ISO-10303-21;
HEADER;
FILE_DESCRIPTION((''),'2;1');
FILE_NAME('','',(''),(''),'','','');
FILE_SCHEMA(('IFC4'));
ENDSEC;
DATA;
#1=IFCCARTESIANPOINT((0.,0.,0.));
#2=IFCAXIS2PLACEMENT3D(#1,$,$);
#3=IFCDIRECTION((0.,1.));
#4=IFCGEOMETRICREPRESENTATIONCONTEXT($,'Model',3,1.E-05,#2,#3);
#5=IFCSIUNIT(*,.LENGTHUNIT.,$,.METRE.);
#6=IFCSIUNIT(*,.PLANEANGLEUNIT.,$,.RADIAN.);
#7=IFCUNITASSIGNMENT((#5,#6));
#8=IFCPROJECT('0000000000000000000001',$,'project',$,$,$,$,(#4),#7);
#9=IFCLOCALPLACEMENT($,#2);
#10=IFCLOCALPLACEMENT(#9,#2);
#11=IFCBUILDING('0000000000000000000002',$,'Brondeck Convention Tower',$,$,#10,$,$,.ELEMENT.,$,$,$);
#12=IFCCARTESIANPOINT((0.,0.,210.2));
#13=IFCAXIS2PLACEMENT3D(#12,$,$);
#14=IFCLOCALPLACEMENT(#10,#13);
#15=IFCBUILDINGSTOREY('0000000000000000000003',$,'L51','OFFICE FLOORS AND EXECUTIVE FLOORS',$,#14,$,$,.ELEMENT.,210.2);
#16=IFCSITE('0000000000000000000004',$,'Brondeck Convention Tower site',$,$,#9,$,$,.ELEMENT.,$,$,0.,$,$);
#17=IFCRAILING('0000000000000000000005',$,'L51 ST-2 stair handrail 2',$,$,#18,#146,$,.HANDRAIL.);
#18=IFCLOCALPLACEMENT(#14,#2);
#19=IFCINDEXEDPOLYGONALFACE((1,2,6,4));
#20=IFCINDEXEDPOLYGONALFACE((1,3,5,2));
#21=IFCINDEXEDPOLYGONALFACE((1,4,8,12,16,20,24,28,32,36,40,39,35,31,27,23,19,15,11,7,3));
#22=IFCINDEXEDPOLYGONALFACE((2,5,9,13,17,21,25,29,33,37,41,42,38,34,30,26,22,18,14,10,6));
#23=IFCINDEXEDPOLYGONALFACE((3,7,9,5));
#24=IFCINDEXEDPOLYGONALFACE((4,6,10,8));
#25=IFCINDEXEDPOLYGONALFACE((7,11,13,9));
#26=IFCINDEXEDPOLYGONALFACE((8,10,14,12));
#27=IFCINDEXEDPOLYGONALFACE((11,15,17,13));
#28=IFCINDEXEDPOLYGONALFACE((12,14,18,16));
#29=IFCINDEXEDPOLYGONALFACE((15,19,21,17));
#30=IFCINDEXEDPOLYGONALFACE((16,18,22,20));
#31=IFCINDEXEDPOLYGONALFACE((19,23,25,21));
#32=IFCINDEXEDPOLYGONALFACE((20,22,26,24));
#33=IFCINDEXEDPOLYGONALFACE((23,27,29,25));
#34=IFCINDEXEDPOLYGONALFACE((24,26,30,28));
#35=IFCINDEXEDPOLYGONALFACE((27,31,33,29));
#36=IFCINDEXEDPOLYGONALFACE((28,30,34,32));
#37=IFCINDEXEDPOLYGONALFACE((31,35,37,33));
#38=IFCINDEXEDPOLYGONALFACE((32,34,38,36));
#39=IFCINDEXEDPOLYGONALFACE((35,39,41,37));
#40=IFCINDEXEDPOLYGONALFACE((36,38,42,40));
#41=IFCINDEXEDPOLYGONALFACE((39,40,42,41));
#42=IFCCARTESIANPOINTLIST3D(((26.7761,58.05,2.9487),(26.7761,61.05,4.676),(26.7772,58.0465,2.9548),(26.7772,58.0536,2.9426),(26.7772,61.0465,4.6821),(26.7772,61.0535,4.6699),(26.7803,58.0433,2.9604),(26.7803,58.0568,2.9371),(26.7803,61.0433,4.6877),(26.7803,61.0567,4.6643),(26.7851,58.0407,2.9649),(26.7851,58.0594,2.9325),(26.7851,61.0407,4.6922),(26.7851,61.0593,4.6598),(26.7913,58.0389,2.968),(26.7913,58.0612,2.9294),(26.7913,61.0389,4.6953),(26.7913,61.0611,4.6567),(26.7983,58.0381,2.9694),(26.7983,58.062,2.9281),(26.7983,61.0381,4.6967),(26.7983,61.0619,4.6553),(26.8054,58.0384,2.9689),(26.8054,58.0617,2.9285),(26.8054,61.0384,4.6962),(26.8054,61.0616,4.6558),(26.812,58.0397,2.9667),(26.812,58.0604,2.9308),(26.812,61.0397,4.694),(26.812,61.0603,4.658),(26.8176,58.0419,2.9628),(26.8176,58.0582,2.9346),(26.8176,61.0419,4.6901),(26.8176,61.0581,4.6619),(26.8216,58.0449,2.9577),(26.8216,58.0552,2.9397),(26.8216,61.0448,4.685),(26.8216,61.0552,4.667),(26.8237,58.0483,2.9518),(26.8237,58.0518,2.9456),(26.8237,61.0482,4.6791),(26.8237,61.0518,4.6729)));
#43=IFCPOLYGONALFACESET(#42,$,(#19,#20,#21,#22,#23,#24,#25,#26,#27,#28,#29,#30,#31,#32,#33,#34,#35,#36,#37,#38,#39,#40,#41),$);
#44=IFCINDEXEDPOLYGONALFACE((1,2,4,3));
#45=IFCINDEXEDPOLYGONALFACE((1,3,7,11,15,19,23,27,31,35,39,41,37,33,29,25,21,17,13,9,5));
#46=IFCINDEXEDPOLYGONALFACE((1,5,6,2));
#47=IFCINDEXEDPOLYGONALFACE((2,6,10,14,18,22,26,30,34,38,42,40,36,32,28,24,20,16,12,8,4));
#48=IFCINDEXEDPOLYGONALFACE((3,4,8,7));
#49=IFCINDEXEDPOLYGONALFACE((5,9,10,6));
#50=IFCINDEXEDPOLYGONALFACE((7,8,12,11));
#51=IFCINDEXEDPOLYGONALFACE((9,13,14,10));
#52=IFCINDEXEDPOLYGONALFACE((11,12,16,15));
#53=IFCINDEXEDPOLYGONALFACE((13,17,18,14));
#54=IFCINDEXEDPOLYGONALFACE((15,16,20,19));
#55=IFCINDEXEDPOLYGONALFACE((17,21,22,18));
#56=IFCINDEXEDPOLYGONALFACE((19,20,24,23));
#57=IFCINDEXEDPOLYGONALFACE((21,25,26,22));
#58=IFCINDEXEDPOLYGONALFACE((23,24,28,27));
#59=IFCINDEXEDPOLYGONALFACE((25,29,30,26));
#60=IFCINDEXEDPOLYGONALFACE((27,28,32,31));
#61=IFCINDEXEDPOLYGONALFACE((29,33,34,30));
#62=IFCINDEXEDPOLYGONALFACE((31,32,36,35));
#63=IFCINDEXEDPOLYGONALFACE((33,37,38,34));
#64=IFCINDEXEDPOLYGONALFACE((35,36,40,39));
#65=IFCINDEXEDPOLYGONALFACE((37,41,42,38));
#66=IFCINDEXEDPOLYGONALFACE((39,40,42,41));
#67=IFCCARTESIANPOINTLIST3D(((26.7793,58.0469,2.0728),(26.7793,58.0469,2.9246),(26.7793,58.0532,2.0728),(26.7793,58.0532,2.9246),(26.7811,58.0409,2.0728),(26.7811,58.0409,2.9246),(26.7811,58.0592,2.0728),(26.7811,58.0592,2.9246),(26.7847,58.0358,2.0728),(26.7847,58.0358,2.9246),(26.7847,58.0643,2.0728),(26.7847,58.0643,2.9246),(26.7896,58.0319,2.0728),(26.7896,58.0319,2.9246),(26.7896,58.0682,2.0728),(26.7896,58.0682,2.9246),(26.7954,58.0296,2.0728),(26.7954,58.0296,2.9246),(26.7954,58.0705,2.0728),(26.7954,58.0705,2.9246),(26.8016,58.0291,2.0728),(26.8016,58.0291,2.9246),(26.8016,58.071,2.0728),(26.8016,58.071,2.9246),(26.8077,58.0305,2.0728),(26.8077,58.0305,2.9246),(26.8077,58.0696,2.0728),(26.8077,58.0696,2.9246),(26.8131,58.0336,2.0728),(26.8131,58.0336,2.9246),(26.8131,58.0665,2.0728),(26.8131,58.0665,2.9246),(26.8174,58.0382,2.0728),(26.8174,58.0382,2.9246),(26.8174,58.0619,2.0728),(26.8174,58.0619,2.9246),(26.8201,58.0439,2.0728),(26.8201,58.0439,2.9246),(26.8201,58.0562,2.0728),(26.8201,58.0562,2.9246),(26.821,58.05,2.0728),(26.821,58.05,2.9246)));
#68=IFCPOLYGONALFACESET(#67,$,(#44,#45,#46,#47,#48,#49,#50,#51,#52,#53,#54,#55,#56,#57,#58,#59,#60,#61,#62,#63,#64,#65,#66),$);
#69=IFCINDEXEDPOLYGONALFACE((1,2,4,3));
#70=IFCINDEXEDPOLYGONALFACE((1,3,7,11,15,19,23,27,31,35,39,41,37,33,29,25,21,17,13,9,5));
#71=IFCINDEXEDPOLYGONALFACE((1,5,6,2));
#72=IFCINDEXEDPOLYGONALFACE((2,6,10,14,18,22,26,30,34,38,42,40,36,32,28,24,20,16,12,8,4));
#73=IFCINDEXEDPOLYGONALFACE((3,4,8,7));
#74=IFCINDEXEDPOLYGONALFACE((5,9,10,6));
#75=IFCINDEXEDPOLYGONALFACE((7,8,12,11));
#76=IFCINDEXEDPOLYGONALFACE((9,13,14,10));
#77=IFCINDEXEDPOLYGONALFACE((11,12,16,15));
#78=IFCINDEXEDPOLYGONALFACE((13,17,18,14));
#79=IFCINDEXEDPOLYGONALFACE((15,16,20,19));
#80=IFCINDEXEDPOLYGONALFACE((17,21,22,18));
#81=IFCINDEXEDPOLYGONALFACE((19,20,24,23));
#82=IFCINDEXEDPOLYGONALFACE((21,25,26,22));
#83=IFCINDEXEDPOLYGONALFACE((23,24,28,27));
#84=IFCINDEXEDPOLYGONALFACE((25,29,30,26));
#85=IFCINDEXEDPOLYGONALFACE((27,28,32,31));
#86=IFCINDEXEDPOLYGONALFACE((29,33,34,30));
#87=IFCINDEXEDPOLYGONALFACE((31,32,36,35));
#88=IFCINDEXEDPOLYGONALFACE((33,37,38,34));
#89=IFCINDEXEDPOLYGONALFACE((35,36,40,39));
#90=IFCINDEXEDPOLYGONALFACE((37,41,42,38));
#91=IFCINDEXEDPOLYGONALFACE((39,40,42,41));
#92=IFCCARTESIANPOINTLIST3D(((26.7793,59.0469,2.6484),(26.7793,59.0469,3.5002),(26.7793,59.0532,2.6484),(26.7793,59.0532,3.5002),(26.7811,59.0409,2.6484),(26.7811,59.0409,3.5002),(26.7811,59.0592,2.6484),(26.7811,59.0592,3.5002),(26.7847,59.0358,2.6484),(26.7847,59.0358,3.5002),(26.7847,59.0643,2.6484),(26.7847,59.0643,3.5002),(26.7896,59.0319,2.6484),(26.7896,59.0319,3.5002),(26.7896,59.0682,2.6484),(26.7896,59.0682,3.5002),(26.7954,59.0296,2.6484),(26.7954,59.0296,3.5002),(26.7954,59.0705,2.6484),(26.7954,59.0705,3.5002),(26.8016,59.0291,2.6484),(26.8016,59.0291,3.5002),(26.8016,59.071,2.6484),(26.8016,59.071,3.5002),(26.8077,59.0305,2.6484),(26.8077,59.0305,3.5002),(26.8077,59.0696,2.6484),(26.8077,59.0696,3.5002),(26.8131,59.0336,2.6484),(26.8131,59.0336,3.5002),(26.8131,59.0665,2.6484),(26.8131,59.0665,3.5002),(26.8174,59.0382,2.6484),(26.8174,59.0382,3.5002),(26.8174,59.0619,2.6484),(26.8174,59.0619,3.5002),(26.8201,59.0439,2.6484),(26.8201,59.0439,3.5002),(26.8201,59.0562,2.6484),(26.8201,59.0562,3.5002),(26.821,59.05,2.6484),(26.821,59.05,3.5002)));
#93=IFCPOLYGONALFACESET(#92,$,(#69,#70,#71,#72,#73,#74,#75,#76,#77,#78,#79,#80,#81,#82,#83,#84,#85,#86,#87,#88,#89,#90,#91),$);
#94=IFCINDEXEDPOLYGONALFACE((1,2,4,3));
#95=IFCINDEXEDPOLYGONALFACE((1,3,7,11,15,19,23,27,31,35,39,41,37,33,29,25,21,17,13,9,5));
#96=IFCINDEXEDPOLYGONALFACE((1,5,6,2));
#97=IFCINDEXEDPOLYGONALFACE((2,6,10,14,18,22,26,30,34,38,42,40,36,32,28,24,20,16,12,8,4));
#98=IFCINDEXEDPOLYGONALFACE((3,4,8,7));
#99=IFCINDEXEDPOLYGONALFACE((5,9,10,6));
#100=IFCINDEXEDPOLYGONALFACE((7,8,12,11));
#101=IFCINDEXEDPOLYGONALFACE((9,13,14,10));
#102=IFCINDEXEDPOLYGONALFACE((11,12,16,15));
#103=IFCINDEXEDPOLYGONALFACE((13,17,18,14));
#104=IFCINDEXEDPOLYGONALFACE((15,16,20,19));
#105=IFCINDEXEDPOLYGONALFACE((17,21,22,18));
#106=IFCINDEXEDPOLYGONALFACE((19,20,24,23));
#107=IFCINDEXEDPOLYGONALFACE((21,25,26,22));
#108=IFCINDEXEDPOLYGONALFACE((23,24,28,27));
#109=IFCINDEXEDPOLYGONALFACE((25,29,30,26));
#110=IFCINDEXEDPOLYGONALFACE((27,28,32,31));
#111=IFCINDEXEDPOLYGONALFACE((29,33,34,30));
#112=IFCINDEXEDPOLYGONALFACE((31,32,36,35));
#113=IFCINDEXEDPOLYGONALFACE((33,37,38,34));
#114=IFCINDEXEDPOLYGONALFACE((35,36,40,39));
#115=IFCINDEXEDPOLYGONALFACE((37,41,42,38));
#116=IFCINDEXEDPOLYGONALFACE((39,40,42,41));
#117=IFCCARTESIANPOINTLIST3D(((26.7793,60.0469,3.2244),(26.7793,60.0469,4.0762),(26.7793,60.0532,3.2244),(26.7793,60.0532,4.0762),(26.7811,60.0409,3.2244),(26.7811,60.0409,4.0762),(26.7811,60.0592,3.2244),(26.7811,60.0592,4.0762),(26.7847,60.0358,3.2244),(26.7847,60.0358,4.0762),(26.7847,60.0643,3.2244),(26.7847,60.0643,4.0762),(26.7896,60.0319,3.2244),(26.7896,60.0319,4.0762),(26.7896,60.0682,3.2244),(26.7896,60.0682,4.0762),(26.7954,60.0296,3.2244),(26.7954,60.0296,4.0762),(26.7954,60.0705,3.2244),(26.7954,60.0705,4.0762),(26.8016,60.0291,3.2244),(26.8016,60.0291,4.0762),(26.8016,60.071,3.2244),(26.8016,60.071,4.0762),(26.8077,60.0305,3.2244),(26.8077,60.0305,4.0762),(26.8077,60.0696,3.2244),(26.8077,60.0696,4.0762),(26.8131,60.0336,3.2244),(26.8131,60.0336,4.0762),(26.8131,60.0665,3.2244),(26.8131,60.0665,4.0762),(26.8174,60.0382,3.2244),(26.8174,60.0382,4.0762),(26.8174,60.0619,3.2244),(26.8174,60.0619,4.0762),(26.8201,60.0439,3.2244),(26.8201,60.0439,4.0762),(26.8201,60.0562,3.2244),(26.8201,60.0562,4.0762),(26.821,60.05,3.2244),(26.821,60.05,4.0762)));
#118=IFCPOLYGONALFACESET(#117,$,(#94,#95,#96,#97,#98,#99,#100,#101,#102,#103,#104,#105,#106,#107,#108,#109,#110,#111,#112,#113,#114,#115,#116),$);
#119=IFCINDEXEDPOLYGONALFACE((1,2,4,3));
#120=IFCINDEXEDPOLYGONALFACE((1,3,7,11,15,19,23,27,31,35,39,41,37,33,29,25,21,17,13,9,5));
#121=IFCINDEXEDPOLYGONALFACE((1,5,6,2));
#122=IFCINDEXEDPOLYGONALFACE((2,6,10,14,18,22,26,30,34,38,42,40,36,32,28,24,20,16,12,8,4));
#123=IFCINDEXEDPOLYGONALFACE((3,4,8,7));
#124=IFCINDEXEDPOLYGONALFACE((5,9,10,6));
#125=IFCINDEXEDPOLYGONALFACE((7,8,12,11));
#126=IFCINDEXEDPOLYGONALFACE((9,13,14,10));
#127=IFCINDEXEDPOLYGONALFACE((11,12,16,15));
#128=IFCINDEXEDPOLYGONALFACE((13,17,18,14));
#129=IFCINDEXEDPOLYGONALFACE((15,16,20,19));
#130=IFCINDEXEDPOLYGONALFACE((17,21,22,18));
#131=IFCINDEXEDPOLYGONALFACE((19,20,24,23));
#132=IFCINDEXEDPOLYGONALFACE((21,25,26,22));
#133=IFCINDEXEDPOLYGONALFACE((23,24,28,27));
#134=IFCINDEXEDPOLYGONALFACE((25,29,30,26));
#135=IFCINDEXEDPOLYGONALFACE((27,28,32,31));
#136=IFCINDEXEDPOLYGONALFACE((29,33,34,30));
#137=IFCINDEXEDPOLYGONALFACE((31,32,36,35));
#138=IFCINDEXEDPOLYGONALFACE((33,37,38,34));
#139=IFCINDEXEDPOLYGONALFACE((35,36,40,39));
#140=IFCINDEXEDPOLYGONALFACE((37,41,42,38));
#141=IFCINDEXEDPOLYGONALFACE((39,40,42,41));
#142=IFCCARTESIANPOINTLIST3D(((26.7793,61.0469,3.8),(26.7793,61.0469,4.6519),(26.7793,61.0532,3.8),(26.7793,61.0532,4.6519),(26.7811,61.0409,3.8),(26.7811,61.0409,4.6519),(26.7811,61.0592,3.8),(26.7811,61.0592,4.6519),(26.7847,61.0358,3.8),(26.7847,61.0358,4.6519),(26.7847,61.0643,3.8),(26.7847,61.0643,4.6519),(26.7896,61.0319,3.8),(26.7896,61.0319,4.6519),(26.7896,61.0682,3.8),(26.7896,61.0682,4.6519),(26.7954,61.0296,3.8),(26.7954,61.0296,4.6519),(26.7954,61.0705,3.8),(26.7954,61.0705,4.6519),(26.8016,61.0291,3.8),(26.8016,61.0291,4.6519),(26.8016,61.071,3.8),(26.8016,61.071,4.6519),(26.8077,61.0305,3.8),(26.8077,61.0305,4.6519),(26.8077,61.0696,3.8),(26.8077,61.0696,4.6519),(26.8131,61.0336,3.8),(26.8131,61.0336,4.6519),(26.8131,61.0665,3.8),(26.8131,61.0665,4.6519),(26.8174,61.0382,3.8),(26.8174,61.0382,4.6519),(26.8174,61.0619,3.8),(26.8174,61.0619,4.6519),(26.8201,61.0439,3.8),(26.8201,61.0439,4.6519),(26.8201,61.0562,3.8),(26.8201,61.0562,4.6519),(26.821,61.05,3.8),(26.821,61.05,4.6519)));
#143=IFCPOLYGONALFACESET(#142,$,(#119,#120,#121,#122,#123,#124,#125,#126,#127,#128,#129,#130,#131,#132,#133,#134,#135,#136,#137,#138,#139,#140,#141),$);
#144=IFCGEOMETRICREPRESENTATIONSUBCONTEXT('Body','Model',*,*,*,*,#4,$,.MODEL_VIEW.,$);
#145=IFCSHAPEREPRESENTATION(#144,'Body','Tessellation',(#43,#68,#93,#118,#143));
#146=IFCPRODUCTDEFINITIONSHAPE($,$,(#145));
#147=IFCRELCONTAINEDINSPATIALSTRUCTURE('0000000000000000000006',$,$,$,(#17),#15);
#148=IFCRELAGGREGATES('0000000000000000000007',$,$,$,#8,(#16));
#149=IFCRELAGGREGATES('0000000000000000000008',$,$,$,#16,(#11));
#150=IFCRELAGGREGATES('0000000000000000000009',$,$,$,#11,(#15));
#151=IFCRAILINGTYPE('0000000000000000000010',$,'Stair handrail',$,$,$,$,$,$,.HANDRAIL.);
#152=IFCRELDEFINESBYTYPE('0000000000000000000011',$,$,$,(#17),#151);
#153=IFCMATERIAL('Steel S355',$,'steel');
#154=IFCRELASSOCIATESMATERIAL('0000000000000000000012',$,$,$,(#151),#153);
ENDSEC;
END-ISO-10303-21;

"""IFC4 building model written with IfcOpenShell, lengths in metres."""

from ifc_helpers import new_model, si_unit, direction, frame, origin, origin_2d, place, context, subcontext, project, spatial, circle, extrude, material, type_object, element, save


model = new_model("IFC4")

# Units and contexts
model_context = context("Model", 3, precision=1e-05, world=origin(), true_north=direction((0.0, 1.0)))
body_context = subcontext(model_context, "Body", "Model", "MODEL_VIEW")
ifc_project = project(units=[si_unit("LENGTHUNIT", "METRE"), si_unit("PLANEANGLEUNIT", "RADIAN")], contexts=[model_context])

# Site, building, storey
site_placement = place(None, origin())
site = spatial("IfcSite", under=ifc_project, at=site_placement, Name="Brondeck Convention Tower site", CompositionType="ELEMENT", RefElevation=0.0)
building_placement = place(site_placement, origin())
building = spatial("IfcBuilding", under=site, at=building_placement, Name="Brondeck Convention Tower", CompositionType="ELEMENT")
storey_placement = place(building_placement, frame((0.0, 0.0, 210.2)))
storey = spatial("IfcBuildingStorey", under=building, at=storey_placement, Name="L51", Description="OFFICE FLOORS AND EXECUTIVE FLOORS", CompositionType="ELEMENT", Elevation=210.2)

# Railing
ifc_material_1 = material(Name="Steel S355", Category="steel")
railing_type_1 = type_object("IfcRailingType", Name="Stair handrail", PredefinedType="HANDRAIL", material=ifc_material_1)
railing_1_placement = place(storey_placement, frame((26.8, 58.05, 2.0728)))
element("IfcRailing", 1, at=railing_1_placement, inside=storey, type_object=railing_type_1, Name="L51 ST-2 stair handrail 2", PredefinedType="HANDRAIL", context=body_context, shape_type="SweptSolid", body=[
    extrude(circle(Radius=0.0239, at=origin_2d()), frame((0.0, 0.0, 0.876), z_axis=(0.0, 0.86662, 0.498969), x_axis=(-1.0, 0.0, 0.0)), (0.0, 0.0, 1.0), 3.4617),
    extrude(circle(Radius=0.021, at=origin_2d()), origin(), (0.0, 0.0, 1.0), 0.8518),
    extrude(circle(Radius=0.021, at=origin_2d()), frame((0.0, 1.0, 0.5757)), (0.0, 0.0, 1.0), 0.8518),
    extrude(circle(Radius=0.021, at=origin_2d()), frame((0.0, 2.0, 1.1516)), (0.0, 0.0, 1.0), 0.8518),
    extrude(circle(Radius=0.021, at=origin_2d()), frame((0.0, 3.0, 1.7273)), (0.0, 0.0, 1.0), 0.8518),
])

save(model, "model.ifc")
